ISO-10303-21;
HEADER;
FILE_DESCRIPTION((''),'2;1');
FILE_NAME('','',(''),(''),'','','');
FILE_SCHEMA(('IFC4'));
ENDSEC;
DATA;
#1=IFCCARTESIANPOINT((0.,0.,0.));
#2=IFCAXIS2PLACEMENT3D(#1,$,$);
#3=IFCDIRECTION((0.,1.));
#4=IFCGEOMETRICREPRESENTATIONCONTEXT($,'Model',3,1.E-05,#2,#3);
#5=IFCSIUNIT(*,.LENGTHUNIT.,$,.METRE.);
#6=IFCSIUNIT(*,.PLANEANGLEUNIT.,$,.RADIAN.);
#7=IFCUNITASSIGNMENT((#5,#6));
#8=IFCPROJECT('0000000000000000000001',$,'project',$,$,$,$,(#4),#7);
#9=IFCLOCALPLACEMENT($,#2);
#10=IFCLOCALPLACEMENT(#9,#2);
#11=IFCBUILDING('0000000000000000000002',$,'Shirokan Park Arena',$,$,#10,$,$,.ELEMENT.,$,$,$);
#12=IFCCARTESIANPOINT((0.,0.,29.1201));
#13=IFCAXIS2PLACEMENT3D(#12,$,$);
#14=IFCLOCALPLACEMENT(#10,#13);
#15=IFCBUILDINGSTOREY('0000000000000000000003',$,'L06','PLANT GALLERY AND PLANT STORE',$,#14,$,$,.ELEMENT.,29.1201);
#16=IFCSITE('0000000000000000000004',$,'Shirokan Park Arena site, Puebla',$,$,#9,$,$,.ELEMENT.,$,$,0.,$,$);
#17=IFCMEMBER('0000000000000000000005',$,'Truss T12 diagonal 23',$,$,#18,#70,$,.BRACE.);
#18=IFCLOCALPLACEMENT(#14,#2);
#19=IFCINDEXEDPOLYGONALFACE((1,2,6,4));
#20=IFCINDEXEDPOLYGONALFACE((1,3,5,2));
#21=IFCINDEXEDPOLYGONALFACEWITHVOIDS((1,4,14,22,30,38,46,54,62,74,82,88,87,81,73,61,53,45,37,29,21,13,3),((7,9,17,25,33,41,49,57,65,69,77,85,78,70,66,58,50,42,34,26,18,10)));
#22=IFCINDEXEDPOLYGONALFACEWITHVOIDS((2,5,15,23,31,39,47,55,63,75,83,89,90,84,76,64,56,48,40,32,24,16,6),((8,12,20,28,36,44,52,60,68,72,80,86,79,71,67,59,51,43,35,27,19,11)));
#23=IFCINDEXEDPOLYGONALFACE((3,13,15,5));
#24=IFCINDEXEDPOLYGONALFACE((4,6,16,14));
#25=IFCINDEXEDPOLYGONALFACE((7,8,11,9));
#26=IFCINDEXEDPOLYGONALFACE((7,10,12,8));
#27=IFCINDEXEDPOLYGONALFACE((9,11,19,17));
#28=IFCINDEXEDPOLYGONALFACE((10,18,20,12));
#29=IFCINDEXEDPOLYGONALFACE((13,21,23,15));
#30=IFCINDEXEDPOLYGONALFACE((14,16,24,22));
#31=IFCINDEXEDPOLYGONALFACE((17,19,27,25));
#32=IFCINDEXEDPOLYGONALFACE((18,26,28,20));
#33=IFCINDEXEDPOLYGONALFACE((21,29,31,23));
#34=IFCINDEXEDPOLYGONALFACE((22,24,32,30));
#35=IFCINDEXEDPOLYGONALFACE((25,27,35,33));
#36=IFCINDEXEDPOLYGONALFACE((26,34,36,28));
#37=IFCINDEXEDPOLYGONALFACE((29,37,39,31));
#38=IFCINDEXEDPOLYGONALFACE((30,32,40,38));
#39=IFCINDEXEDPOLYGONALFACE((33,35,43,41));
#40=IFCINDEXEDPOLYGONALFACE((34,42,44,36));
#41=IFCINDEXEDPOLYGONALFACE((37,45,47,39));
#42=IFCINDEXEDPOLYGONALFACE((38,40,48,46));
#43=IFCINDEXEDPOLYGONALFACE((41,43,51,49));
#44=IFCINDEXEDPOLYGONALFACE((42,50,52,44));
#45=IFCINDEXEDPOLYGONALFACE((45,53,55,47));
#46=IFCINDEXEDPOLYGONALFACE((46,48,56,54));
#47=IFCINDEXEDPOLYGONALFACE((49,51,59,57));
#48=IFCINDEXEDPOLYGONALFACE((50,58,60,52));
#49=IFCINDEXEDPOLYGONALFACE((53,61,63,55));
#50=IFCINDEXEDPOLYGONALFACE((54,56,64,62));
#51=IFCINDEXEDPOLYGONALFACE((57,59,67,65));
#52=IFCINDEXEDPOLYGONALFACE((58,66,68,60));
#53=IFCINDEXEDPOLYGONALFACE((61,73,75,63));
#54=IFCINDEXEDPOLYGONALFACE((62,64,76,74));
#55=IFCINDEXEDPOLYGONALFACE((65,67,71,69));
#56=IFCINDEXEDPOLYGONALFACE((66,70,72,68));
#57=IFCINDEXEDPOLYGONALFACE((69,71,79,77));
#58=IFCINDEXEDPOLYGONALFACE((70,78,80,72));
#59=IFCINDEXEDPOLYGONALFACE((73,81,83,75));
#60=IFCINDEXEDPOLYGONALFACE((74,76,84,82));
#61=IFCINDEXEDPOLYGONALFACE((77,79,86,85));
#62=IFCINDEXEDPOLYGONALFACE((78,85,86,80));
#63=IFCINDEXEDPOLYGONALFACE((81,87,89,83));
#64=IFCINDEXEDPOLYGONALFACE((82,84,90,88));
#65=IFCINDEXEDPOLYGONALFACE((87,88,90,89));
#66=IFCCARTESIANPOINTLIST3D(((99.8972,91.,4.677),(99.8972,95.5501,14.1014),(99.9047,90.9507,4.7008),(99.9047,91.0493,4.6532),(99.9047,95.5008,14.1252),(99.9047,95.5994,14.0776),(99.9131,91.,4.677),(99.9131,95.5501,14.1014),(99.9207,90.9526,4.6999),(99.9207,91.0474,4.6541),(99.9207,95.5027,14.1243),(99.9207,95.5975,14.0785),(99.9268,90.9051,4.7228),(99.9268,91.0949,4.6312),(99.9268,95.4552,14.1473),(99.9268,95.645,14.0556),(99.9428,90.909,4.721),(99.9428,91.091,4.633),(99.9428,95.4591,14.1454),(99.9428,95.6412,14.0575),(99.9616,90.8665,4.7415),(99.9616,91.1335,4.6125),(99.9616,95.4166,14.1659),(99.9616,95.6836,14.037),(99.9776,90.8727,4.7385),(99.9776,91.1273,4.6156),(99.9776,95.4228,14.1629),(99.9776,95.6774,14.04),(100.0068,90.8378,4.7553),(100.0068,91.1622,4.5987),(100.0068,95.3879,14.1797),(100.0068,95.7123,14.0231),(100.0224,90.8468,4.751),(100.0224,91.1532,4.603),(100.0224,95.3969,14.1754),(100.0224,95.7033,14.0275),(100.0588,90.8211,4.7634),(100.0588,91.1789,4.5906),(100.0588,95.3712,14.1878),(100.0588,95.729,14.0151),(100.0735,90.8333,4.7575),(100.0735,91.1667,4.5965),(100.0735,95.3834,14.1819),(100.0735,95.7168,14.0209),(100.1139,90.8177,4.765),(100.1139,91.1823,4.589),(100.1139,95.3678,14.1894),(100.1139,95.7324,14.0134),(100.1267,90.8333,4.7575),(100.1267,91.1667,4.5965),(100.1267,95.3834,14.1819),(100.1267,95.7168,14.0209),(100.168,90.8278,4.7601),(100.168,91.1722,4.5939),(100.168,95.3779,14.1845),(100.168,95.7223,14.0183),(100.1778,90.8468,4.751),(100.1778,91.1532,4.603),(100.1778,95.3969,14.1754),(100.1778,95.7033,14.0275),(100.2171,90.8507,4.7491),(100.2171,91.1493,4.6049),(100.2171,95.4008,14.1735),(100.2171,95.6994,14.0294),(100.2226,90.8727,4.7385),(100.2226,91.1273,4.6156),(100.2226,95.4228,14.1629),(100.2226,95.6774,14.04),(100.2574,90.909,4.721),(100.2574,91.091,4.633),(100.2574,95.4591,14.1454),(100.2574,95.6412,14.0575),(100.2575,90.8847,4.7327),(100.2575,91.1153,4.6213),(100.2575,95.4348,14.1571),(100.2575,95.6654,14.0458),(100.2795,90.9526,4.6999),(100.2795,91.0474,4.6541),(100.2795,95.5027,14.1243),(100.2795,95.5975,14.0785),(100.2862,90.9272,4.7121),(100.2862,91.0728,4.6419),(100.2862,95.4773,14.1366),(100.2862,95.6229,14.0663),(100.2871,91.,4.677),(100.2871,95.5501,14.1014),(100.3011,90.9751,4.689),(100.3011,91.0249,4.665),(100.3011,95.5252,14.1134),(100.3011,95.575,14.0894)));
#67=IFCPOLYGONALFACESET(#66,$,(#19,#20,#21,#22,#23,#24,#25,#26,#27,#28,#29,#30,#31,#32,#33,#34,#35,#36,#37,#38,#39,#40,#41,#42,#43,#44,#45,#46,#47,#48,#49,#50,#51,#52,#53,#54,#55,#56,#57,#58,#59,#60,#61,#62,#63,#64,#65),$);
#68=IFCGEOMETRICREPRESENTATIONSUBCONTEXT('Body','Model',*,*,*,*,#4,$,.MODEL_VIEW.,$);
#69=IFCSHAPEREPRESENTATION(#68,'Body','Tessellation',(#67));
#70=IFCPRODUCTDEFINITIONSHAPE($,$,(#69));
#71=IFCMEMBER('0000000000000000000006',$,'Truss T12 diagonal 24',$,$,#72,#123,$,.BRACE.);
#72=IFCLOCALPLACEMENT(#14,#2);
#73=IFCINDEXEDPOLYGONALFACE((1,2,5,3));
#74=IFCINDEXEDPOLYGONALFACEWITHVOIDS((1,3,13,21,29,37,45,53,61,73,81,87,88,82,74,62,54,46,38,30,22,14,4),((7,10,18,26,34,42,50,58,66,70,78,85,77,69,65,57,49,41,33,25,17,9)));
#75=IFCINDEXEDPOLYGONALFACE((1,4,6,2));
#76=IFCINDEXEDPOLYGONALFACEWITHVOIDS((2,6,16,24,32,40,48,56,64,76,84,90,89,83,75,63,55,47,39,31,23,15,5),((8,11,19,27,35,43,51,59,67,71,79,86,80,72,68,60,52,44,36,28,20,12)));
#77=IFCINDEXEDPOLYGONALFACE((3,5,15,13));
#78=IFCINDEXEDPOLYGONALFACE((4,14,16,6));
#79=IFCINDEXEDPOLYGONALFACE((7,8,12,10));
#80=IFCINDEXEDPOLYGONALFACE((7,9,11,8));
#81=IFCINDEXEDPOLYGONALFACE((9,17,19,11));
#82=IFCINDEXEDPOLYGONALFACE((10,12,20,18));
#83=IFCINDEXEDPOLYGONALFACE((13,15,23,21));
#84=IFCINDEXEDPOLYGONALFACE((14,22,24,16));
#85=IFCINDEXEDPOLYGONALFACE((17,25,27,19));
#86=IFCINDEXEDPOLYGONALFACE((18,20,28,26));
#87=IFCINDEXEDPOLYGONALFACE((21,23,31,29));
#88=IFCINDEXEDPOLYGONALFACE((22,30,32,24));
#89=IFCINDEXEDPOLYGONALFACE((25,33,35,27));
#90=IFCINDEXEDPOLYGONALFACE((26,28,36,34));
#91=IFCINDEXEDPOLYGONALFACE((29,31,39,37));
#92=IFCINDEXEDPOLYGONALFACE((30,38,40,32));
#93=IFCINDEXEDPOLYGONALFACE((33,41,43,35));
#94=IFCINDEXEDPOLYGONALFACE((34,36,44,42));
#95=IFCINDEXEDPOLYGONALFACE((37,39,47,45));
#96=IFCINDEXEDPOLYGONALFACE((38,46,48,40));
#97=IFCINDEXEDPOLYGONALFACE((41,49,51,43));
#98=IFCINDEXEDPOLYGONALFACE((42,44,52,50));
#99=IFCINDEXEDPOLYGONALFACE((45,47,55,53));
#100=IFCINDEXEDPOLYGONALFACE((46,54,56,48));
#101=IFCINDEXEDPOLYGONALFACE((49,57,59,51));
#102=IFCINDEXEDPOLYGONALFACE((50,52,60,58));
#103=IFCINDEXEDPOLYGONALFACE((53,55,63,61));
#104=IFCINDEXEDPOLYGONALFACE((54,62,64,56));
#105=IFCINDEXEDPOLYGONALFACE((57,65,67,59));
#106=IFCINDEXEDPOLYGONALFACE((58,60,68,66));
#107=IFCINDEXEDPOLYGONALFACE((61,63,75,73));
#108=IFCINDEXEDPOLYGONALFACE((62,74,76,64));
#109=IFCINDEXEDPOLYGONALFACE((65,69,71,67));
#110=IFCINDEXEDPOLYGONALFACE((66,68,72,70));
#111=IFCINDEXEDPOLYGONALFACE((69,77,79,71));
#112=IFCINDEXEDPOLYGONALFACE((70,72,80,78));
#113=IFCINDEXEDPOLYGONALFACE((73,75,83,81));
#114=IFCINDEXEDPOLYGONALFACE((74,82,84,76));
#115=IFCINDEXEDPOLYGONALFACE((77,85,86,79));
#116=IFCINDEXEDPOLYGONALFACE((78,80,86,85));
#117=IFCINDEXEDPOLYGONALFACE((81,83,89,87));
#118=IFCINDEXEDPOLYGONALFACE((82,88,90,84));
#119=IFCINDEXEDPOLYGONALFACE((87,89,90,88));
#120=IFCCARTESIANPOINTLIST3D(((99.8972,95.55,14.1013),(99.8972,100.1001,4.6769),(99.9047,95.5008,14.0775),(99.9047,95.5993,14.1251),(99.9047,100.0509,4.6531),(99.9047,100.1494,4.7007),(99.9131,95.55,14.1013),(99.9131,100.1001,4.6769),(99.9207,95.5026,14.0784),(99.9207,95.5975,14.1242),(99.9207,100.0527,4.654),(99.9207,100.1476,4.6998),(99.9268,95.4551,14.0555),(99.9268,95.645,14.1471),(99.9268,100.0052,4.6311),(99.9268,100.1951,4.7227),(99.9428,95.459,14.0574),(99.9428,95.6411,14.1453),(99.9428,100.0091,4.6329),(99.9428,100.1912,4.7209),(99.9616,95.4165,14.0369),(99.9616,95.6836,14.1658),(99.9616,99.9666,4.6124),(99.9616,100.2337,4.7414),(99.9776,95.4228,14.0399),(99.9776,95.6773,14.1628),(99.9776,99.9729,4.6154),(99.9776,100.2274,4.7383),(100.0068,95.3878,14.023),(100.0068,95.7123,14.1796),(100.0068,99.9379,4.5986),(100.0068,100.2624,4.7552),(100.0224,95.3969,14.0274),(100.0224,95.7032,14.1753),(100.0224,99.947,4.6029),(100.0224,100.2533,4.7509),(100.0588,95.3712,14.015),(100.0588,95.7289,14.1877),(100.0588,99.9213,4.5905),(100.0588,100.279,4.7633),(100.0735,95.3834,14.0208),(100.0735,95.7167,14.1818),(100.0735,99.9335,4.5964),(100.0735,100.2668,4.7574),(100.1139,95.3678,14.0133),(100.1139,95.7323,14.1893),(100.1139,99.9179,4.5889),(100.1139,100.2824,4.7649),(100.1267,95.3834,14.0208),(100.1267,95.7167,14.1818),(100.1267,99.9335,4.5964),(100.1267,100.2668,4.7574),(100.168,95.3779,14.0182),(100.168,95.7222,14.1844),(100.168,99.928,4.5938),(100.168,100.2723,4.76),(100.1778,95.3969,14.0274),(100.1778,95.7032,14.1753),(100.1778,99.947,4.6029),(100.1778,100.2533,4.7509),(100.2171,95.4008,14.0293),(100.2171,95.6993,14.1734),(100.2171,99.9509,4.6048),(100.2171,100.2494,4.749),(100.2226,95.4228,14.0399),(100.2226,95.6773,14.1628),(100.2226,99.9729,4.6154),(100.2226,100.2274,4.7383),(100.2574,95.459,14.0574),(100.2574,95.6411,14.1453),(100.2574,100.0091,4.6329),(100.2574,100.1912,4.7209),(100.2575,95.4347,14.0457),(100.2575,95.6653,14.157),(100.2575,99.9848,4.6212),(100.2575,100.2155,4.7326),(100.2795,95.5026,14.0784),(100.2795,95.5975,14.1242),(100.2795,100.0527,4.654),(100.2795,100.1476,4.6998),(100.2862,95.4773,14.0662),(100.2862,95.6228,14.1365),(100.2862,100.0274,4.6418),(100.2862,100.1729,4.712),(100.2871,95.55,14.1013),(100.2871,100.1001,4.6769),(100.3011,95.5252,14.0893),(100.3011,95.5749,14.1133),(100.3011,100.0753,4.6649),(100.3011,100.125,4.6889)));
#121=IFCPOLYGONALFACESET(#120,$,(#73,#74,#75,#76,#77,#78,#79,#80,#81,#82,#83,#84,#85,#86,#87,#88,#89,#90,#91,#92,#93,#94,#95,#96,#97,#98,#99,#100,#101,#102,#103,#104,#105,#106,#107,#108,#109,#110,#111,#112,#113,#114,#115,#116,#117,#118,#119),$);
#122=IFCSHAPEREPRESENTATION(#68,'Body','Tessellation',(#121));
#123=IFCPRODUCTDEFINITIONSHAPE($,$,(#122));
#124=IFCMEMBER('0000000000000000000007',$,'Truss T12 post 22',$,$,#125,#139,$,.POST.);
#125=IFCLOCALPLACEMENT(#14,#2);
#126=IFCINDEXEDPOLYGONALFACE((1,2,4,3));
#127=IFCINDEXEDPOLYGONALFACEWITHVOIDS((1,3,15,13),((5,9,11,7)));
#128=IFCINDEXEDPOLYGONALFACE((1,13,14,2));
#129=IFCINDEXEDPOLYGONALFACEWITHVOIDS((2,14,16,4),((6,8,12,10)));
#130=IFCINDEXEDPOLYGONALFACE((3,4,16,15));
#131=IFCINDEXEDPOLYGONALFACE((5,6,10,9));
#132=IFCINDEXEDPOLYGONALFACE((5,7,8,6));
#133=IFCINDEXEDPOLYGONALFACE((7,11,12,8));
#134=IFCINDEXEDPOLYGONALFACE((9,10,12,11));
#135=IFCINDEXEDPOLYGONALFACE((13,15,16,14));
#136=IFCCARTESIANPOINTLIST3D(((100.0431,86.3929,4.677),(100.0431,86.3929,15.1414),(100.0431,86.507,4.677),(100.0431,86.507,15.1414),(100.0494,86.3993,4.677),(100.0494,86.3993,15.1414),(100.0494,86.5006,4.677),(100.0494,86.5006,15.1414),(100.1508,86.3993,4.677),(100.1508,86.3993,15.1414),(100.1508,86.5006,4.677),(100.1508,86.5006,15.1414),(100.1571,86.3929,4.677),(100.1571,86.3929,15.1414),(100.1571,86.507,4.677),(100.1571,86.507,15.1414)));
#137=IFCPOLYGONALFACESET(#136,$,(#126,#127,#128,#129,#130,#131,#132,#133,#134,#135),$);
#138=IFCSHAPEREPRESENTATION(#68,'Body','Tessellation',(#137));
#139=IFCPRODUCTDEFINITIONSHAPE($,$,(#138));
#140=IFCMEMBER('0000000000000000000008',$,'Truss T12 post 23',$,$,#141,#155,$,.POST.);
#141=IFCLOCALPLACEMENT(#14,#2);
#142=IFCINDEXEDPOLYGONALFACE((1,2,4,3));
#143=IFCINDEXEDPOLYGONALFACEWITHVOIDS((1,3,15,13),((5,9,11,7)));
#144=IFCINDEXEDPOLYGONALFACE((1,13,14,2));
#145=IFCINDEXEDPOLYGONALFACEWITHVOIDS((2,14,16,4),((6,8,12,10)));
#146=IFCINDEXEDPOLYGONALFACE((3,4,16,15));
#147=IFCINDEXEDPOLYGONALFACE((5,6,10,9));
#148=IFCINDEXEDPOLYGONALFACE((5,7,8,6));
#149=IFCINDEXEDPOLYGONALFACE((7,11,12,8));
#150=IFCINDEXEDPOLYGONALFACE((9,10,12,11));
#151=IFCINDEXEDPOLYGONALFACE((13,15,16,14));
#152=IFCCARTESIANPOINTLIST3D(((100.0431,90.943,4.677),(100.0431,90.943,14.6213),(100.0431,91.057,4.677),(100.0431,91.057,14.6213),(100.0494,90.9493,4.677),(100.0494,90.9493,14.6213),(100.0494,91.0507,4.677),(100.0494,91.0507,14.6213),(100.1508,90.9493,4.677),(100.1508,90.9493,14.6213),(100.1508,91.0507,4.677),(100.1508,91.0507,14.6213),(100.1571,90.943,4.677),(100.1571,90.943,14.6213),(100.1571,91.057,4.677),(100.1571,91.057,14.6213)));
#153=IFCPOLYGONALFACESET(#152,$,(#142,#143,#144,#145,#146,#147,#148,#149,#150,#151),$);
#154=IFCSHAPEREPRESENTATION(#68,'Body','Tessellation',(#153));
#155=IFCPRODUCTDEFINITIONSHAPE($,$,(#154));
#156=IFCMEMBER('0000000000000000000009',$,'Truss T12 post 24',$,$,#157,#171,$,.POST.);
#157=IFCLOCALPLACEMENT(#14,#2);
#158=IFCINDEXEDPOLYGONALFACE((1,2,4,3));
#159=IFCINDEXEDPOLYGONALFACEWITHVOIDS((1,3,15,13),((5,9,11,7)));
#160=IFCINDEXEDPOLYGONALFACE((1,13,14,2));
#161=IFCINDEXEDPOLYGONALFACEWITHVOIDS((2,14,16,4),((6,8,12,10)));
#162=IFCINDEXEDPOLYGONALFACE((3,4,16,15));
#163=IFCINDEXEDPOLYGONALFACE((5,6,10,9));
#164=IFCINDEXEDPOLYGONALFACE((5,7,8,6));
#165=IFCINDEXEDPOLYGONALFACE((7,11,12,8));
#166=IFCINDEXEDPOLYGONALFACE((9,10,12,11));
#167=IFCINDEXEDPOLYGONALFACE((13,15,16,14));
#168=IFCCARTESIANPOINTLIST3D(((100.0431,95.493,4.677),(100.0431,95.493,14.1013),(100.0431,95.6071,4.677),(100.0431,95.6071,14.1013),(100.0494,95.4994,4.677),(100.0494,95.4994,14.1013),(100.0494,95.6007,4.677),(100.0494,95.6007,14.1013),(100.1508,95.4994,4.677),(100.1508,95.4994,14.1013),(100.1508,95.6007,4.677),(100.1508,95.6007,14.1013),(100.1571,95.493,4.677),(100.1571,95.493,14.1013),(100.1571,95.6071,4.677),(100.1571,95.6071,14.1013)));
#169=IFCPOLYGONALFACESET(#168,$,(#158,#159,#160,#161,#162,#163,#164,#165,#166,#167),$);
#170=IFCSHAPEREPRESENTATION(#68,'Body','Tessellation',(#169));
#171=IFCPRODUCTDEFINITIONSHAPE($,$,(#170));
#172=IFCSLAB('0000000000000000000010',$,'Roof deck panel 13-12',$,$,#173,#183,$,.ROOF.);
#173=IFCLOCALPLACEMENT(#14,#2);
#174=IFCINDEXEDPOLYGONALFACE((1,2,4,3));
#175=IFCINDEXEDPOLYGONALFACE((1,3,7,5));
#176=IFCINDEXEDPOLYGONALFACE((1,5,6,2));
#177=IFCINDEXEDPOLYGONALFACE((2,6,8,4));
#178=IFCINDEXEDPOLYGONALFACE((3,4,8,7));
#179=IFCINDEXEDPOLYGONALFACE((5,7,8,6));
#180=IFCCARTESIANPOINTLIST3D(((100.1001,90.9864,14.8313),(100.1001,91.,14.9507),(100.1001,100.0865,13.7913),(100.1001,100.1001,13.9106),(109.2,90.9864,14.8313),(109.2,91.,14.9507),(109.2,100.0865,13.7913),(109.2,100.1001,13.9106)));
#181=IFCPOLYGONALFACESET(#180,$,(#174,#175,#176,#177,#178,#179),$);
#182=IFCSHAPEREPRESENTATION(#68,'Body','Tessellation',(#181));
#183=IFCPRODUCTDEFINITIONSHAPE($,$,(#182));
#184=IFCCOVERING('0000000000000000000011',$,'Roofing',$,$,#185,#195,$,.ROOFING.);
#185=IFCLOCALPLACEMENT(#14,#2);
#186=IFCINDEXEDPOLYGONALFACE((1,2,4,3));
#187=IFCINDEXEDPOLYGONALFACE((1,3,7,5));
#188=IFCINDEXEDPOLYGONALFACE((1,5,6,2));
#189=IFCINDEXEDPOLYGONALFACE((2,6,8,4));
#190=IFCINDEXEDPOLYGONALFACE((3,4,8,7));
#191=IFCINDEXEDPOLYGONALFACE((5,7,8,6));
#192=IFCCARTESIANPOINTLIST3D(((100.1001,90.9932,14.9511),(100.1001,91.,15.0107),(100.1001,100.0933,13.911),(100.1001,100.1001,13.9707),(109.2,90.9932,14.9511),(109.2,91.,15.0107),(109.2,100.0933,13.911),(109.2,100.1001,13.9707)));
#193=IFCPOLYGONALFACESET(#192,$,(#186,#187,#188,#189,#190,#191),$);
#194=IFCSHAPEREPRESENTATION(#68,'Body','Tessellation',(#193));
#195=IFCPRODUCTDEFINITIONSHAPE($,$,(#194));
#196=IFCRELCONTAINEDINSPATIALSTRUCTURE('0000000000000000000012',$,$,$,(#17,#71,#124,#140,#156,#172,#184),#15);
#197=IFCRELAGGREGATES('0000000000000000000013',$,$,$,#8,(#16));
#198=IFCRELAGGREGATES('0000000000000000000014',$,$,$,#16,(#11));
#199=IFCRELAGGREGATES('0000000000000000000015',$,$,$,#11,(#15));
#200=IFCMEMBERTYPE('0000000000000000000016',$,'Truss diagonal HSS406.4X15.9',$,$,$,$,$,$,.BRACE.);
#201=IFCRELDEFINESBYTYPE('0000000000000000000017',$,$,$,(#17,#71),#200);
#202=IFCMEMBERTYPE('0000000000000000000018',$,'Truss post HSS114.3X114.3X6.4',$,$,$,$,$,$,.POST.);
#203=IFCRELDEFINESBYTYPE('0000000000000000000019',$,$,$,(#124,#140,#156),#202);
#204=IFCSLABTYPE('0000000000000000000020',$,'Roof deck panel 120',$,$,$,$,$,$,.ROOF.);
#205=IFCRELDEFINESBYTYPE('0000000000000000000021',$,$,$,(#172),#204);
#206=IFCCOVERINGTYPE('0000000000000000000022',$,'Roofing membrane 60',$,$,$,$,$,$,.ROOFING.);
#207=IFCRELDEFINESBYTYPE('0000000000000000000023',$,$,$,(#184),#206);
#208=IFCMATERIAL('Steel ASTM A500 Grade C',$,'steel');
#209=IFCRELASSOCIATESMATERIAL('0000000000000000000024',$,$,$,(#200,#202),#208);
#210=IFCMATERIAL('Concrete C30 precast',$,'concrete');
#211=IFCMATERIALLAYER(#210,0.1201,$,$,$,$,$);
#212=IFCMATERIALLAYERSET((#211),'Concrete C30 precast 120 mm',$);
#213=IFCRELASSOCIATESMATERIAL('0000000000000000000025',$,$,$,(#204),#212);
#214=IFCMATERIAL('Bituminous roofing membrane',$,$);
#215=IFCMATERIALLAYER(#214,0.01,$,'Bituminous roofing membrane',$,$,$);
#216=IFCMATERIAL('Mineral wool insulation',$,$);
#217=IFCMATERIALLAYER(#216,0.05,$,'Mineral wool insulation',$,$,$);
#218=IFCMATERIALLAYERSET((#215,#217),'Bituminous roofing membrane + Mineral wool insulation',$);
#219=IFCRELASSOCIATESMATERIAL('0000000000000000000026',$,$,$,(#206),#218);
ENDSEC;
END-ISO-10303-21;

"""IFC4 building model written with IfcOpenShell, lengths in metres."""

from ifc_helpers import new_model, si_unit, direction, frame, origin, origin_2d, place, context, subcontext, project, spatial, polyline, hollow_rectangle, hollow_circle, outline, extrude, material, layer, layer_set, material_profile, profile_set, type_object, element, save


model = new_model("IFC4")

# Units and contexts
model_context = context("Model", 3, precision=1e-05, world=origin(), true_north=direction((0.0, 1.0)))
body_context = subcontext(model_context, "Body", "Model", "MODEL_VIEW")
ifc_project = project(units=[si_unit("LENGTHUNIT", "METRE"), si_unit("PLANEANGLEUNIT", "RADIAN")], contexts=[model_context])

# Site, building, storey
site_placement = place(None, origin())
site = spatial("IfcSite", under=ifc_project, at=site_placement, Name="Shirokan Park Arena site, Puebla", CompositionType="ELEMENT", RefElevation=0.0)
building_placement = place(site_placement, origin())
building = spatial("IfcBuilding", under=site, at=building_placement, Name="Shirokan Park Arena", CompositionType="ELEMENT")
storey_placement = place(building_placement, frame((0.0, 0.0, 29.1201)))
storey = spatial("IfcBuildingStorey", under=building, at=storey_placement, Name="L06", Description="PLANT GALLERY AND PLANT STORE", CompositionType="ELEMENT", Elevation=29.1201)

# Shared definitions
ifc_material_1 = material(Name="Steel ASTM A500 Grade C", Category="steel")

# Members
ifc_material_profile_1 = material_profile(ifc_material_1, hollow_circle(Radius=0.2029, WallThickness=0.0159, at=origin_2d()), Name="HSS406.4X15.9")
ifc_profile_set_1 = profile_set([ifc_material_profile_1], Name="Steel ASTM A500 Grade C")
member_type_1 = type_object("IfcMemberType", Name="Truss diagonal HSS406.4X15.9", PredefinedType="BRACE", material=ifc_profile_set_1)
for number, where, z_axis, x_axis, name in (
    (1, (100.1001, 91.0, 4.677), (0.0, 0.434778, 0.900537), (-1.0, 0.0, 0.0), "Truss T12 diagonal 23"),
    (2, (100.1001, 95.55, 14.1013), (0.0, 0.434778, -0.900537), (-1.0, 0.0, 0.0), "Truss T12 diagonal 24"),
):
    element("IfcMember", number, at=place(storey_placement, frame(where, z_axis=z_axis, x_axis=x_axis)), inside=storey, type_object=member_type_1, Name=name, PredefinedType="BRACE", context=body_context, shape_type="SweptSolid", body=[
        extrude(hollow_circle(Radius=0.2029, WallThickness=0.0159, at=origin_2d()), origin(), (0.0, 0.0, 1.0), 10.4653),
    ])
ifc_material_profile_2 = material_profile(ifc_material_1, hollow_rectangle(XDim=0.114, YDim=0.114, WallThickness=0.0063, at=origin_2d()), Name="HSS114.3X114.3X6.4")
ifc_profile_set_2 = profile_set([ifc_material_profile_2], Name="Steel ASTM A500 Grade C")
member_type_2 = type_object("IfcMemberType", Name="Truss post HSS114.3X114.3X6.4", PredefinedType="POST", material=ifc_profile_set_2)
member_1_placement = place(storey_placement, frame((100.1001, 86.45, 4.677), z_axis=(0.0, 0.0, 1.0), x_axis=(1.0, 0.0, 0.0)))
element("IfcMember", 3, at=member_1_placement, inside=storey, type_object=member_type_2, Name="Truss T12 post 22", PredefinedType="POST", context=body_context, shape_type="SweptSolid", body=[
    extrude(hollow_rectangle(XDim=0.114, YDim=0.114, WallThickness=0.0063, at=origin_2d()), origin(), (0.0, 0.0, 1.0), 10.4644),
])
member_2_placement = place(storey_placement, frame((100.1001, 91.0, 4.677), z_axis=(0.0, 0.0, 1.0), x_axis=(1.0, 0.0, 0.0)))
element("IfcMember", 4, at=member_2_placement, inside=storey, type_object=member_type_2, Name="Truss T12 post 23", PredefinedType="POST", context=body_context, shape_type="SweptSolid", body=[
    extrude(hollow_rectangle(XDim=0.114, YDim=0.114, WallThickness=0.0063, at=origin_2d()), origin(), (0.0, 0.0, 1.0), 9.9443),
])
member_3_placement = place(storey_placement, frame((100.1001, 95.55, 4.677), z_axis=(0.0, 0.0, 1.0), x_axis=(1.0, 0.0, 0.0)))
element("IfcMember", 5, at=member_3_placement, inside=storey, type_object=member_type_2, Name="Truss T12 post 24", PredefinedType="POST", context=body_context, shape_type="SweptSolid", body=[
    extrude(hollow_rectangle(XDim=0.114, YDim=0.114, WallThickness=0.0063, at=origin_2d()), origin(), (0.0, 0.0, 1.0), 9.4243),
])

# Slab
ifc_material_2 = material(Name="Concrete C30 precast", Category="concrete")
ifc_layer_1 = layer(ifc_material_2, 0.1201)
ifc_layer_set_1 = layer_set([ifc_layer_1], Name="Concrete C30 precast 120 mm")
slab_type = type_object("IfcSlabType", Name="Roof deck panel 120", PredefinedType="ROOF", material=ifc_layer_set_1)
slab_placement = place(storey_placement, frame((100.1001, 91.0, 14.9507), z_axis=(0.0, 0.11355, 0.993532), x_axis=(1.0, 0.0, 0.0)))
element("IfcSlab", 6, at=slab_placement, inside=storey, type_object=slab_type, Name="Roof deck panel 13-12", PredefinedType="ROOF", context=body_context, shape_type="SweptSolid", body=[
    extrude(outline(polyline([(0.0, 0.0), (9.0999, 0.0), (9.0999, 9.1593), (0.0, 9.1593), (0.0, 0.0)])), origin(), (0.0, 0.0, -1.0), 0.1201),
])

# Covering
ifc_material_3 = material(Name="Bituminous roofing membrane")
ifc_layer_2 = layer(ifc_material_3, 0.01, Name="Bituminous roofing membrane")
ifc_material_4 = material(Name="Mineral wool insulation")
ifc_layer_3 = layer(ifc_material_4, 0.05, Name="Mineral wool insulation")
ifc_layer_set_2 = layer_set([ifc_layer_2, ifc_layer_3], Name="Bituminous roofing membrane + Mineral wool insulation")
covering_type = type_object("IfcCoveringType", Name="Roofing membrane 60", PredefinedType="ROOFING", material=ifc_layer_set_2)
covering_placement = place(storey_placement, frame((100.1001, 91.0, 15.0107), z_axis=(0.0, 0.11355, 0.993532), x_axis=(1.0, 0.0, 0.0)))
element("IfcCovering", 7, at=covering_placement, inside=storey, type_object=covering_type, Name="Roofing", PredefinedType="ROOFING", context=body_context, shape_type="SweptSolid", body=[
    extrude(outline(polyline([(0.0, 0.0), (9.0999, 0.0), (9.0999, 9.1593), (0.0, 9.1593), (0.0, 0.0)])), origin(), (0.0, 0.0, -1.0), 0.0601),
])

save(model, "model.ifc")
